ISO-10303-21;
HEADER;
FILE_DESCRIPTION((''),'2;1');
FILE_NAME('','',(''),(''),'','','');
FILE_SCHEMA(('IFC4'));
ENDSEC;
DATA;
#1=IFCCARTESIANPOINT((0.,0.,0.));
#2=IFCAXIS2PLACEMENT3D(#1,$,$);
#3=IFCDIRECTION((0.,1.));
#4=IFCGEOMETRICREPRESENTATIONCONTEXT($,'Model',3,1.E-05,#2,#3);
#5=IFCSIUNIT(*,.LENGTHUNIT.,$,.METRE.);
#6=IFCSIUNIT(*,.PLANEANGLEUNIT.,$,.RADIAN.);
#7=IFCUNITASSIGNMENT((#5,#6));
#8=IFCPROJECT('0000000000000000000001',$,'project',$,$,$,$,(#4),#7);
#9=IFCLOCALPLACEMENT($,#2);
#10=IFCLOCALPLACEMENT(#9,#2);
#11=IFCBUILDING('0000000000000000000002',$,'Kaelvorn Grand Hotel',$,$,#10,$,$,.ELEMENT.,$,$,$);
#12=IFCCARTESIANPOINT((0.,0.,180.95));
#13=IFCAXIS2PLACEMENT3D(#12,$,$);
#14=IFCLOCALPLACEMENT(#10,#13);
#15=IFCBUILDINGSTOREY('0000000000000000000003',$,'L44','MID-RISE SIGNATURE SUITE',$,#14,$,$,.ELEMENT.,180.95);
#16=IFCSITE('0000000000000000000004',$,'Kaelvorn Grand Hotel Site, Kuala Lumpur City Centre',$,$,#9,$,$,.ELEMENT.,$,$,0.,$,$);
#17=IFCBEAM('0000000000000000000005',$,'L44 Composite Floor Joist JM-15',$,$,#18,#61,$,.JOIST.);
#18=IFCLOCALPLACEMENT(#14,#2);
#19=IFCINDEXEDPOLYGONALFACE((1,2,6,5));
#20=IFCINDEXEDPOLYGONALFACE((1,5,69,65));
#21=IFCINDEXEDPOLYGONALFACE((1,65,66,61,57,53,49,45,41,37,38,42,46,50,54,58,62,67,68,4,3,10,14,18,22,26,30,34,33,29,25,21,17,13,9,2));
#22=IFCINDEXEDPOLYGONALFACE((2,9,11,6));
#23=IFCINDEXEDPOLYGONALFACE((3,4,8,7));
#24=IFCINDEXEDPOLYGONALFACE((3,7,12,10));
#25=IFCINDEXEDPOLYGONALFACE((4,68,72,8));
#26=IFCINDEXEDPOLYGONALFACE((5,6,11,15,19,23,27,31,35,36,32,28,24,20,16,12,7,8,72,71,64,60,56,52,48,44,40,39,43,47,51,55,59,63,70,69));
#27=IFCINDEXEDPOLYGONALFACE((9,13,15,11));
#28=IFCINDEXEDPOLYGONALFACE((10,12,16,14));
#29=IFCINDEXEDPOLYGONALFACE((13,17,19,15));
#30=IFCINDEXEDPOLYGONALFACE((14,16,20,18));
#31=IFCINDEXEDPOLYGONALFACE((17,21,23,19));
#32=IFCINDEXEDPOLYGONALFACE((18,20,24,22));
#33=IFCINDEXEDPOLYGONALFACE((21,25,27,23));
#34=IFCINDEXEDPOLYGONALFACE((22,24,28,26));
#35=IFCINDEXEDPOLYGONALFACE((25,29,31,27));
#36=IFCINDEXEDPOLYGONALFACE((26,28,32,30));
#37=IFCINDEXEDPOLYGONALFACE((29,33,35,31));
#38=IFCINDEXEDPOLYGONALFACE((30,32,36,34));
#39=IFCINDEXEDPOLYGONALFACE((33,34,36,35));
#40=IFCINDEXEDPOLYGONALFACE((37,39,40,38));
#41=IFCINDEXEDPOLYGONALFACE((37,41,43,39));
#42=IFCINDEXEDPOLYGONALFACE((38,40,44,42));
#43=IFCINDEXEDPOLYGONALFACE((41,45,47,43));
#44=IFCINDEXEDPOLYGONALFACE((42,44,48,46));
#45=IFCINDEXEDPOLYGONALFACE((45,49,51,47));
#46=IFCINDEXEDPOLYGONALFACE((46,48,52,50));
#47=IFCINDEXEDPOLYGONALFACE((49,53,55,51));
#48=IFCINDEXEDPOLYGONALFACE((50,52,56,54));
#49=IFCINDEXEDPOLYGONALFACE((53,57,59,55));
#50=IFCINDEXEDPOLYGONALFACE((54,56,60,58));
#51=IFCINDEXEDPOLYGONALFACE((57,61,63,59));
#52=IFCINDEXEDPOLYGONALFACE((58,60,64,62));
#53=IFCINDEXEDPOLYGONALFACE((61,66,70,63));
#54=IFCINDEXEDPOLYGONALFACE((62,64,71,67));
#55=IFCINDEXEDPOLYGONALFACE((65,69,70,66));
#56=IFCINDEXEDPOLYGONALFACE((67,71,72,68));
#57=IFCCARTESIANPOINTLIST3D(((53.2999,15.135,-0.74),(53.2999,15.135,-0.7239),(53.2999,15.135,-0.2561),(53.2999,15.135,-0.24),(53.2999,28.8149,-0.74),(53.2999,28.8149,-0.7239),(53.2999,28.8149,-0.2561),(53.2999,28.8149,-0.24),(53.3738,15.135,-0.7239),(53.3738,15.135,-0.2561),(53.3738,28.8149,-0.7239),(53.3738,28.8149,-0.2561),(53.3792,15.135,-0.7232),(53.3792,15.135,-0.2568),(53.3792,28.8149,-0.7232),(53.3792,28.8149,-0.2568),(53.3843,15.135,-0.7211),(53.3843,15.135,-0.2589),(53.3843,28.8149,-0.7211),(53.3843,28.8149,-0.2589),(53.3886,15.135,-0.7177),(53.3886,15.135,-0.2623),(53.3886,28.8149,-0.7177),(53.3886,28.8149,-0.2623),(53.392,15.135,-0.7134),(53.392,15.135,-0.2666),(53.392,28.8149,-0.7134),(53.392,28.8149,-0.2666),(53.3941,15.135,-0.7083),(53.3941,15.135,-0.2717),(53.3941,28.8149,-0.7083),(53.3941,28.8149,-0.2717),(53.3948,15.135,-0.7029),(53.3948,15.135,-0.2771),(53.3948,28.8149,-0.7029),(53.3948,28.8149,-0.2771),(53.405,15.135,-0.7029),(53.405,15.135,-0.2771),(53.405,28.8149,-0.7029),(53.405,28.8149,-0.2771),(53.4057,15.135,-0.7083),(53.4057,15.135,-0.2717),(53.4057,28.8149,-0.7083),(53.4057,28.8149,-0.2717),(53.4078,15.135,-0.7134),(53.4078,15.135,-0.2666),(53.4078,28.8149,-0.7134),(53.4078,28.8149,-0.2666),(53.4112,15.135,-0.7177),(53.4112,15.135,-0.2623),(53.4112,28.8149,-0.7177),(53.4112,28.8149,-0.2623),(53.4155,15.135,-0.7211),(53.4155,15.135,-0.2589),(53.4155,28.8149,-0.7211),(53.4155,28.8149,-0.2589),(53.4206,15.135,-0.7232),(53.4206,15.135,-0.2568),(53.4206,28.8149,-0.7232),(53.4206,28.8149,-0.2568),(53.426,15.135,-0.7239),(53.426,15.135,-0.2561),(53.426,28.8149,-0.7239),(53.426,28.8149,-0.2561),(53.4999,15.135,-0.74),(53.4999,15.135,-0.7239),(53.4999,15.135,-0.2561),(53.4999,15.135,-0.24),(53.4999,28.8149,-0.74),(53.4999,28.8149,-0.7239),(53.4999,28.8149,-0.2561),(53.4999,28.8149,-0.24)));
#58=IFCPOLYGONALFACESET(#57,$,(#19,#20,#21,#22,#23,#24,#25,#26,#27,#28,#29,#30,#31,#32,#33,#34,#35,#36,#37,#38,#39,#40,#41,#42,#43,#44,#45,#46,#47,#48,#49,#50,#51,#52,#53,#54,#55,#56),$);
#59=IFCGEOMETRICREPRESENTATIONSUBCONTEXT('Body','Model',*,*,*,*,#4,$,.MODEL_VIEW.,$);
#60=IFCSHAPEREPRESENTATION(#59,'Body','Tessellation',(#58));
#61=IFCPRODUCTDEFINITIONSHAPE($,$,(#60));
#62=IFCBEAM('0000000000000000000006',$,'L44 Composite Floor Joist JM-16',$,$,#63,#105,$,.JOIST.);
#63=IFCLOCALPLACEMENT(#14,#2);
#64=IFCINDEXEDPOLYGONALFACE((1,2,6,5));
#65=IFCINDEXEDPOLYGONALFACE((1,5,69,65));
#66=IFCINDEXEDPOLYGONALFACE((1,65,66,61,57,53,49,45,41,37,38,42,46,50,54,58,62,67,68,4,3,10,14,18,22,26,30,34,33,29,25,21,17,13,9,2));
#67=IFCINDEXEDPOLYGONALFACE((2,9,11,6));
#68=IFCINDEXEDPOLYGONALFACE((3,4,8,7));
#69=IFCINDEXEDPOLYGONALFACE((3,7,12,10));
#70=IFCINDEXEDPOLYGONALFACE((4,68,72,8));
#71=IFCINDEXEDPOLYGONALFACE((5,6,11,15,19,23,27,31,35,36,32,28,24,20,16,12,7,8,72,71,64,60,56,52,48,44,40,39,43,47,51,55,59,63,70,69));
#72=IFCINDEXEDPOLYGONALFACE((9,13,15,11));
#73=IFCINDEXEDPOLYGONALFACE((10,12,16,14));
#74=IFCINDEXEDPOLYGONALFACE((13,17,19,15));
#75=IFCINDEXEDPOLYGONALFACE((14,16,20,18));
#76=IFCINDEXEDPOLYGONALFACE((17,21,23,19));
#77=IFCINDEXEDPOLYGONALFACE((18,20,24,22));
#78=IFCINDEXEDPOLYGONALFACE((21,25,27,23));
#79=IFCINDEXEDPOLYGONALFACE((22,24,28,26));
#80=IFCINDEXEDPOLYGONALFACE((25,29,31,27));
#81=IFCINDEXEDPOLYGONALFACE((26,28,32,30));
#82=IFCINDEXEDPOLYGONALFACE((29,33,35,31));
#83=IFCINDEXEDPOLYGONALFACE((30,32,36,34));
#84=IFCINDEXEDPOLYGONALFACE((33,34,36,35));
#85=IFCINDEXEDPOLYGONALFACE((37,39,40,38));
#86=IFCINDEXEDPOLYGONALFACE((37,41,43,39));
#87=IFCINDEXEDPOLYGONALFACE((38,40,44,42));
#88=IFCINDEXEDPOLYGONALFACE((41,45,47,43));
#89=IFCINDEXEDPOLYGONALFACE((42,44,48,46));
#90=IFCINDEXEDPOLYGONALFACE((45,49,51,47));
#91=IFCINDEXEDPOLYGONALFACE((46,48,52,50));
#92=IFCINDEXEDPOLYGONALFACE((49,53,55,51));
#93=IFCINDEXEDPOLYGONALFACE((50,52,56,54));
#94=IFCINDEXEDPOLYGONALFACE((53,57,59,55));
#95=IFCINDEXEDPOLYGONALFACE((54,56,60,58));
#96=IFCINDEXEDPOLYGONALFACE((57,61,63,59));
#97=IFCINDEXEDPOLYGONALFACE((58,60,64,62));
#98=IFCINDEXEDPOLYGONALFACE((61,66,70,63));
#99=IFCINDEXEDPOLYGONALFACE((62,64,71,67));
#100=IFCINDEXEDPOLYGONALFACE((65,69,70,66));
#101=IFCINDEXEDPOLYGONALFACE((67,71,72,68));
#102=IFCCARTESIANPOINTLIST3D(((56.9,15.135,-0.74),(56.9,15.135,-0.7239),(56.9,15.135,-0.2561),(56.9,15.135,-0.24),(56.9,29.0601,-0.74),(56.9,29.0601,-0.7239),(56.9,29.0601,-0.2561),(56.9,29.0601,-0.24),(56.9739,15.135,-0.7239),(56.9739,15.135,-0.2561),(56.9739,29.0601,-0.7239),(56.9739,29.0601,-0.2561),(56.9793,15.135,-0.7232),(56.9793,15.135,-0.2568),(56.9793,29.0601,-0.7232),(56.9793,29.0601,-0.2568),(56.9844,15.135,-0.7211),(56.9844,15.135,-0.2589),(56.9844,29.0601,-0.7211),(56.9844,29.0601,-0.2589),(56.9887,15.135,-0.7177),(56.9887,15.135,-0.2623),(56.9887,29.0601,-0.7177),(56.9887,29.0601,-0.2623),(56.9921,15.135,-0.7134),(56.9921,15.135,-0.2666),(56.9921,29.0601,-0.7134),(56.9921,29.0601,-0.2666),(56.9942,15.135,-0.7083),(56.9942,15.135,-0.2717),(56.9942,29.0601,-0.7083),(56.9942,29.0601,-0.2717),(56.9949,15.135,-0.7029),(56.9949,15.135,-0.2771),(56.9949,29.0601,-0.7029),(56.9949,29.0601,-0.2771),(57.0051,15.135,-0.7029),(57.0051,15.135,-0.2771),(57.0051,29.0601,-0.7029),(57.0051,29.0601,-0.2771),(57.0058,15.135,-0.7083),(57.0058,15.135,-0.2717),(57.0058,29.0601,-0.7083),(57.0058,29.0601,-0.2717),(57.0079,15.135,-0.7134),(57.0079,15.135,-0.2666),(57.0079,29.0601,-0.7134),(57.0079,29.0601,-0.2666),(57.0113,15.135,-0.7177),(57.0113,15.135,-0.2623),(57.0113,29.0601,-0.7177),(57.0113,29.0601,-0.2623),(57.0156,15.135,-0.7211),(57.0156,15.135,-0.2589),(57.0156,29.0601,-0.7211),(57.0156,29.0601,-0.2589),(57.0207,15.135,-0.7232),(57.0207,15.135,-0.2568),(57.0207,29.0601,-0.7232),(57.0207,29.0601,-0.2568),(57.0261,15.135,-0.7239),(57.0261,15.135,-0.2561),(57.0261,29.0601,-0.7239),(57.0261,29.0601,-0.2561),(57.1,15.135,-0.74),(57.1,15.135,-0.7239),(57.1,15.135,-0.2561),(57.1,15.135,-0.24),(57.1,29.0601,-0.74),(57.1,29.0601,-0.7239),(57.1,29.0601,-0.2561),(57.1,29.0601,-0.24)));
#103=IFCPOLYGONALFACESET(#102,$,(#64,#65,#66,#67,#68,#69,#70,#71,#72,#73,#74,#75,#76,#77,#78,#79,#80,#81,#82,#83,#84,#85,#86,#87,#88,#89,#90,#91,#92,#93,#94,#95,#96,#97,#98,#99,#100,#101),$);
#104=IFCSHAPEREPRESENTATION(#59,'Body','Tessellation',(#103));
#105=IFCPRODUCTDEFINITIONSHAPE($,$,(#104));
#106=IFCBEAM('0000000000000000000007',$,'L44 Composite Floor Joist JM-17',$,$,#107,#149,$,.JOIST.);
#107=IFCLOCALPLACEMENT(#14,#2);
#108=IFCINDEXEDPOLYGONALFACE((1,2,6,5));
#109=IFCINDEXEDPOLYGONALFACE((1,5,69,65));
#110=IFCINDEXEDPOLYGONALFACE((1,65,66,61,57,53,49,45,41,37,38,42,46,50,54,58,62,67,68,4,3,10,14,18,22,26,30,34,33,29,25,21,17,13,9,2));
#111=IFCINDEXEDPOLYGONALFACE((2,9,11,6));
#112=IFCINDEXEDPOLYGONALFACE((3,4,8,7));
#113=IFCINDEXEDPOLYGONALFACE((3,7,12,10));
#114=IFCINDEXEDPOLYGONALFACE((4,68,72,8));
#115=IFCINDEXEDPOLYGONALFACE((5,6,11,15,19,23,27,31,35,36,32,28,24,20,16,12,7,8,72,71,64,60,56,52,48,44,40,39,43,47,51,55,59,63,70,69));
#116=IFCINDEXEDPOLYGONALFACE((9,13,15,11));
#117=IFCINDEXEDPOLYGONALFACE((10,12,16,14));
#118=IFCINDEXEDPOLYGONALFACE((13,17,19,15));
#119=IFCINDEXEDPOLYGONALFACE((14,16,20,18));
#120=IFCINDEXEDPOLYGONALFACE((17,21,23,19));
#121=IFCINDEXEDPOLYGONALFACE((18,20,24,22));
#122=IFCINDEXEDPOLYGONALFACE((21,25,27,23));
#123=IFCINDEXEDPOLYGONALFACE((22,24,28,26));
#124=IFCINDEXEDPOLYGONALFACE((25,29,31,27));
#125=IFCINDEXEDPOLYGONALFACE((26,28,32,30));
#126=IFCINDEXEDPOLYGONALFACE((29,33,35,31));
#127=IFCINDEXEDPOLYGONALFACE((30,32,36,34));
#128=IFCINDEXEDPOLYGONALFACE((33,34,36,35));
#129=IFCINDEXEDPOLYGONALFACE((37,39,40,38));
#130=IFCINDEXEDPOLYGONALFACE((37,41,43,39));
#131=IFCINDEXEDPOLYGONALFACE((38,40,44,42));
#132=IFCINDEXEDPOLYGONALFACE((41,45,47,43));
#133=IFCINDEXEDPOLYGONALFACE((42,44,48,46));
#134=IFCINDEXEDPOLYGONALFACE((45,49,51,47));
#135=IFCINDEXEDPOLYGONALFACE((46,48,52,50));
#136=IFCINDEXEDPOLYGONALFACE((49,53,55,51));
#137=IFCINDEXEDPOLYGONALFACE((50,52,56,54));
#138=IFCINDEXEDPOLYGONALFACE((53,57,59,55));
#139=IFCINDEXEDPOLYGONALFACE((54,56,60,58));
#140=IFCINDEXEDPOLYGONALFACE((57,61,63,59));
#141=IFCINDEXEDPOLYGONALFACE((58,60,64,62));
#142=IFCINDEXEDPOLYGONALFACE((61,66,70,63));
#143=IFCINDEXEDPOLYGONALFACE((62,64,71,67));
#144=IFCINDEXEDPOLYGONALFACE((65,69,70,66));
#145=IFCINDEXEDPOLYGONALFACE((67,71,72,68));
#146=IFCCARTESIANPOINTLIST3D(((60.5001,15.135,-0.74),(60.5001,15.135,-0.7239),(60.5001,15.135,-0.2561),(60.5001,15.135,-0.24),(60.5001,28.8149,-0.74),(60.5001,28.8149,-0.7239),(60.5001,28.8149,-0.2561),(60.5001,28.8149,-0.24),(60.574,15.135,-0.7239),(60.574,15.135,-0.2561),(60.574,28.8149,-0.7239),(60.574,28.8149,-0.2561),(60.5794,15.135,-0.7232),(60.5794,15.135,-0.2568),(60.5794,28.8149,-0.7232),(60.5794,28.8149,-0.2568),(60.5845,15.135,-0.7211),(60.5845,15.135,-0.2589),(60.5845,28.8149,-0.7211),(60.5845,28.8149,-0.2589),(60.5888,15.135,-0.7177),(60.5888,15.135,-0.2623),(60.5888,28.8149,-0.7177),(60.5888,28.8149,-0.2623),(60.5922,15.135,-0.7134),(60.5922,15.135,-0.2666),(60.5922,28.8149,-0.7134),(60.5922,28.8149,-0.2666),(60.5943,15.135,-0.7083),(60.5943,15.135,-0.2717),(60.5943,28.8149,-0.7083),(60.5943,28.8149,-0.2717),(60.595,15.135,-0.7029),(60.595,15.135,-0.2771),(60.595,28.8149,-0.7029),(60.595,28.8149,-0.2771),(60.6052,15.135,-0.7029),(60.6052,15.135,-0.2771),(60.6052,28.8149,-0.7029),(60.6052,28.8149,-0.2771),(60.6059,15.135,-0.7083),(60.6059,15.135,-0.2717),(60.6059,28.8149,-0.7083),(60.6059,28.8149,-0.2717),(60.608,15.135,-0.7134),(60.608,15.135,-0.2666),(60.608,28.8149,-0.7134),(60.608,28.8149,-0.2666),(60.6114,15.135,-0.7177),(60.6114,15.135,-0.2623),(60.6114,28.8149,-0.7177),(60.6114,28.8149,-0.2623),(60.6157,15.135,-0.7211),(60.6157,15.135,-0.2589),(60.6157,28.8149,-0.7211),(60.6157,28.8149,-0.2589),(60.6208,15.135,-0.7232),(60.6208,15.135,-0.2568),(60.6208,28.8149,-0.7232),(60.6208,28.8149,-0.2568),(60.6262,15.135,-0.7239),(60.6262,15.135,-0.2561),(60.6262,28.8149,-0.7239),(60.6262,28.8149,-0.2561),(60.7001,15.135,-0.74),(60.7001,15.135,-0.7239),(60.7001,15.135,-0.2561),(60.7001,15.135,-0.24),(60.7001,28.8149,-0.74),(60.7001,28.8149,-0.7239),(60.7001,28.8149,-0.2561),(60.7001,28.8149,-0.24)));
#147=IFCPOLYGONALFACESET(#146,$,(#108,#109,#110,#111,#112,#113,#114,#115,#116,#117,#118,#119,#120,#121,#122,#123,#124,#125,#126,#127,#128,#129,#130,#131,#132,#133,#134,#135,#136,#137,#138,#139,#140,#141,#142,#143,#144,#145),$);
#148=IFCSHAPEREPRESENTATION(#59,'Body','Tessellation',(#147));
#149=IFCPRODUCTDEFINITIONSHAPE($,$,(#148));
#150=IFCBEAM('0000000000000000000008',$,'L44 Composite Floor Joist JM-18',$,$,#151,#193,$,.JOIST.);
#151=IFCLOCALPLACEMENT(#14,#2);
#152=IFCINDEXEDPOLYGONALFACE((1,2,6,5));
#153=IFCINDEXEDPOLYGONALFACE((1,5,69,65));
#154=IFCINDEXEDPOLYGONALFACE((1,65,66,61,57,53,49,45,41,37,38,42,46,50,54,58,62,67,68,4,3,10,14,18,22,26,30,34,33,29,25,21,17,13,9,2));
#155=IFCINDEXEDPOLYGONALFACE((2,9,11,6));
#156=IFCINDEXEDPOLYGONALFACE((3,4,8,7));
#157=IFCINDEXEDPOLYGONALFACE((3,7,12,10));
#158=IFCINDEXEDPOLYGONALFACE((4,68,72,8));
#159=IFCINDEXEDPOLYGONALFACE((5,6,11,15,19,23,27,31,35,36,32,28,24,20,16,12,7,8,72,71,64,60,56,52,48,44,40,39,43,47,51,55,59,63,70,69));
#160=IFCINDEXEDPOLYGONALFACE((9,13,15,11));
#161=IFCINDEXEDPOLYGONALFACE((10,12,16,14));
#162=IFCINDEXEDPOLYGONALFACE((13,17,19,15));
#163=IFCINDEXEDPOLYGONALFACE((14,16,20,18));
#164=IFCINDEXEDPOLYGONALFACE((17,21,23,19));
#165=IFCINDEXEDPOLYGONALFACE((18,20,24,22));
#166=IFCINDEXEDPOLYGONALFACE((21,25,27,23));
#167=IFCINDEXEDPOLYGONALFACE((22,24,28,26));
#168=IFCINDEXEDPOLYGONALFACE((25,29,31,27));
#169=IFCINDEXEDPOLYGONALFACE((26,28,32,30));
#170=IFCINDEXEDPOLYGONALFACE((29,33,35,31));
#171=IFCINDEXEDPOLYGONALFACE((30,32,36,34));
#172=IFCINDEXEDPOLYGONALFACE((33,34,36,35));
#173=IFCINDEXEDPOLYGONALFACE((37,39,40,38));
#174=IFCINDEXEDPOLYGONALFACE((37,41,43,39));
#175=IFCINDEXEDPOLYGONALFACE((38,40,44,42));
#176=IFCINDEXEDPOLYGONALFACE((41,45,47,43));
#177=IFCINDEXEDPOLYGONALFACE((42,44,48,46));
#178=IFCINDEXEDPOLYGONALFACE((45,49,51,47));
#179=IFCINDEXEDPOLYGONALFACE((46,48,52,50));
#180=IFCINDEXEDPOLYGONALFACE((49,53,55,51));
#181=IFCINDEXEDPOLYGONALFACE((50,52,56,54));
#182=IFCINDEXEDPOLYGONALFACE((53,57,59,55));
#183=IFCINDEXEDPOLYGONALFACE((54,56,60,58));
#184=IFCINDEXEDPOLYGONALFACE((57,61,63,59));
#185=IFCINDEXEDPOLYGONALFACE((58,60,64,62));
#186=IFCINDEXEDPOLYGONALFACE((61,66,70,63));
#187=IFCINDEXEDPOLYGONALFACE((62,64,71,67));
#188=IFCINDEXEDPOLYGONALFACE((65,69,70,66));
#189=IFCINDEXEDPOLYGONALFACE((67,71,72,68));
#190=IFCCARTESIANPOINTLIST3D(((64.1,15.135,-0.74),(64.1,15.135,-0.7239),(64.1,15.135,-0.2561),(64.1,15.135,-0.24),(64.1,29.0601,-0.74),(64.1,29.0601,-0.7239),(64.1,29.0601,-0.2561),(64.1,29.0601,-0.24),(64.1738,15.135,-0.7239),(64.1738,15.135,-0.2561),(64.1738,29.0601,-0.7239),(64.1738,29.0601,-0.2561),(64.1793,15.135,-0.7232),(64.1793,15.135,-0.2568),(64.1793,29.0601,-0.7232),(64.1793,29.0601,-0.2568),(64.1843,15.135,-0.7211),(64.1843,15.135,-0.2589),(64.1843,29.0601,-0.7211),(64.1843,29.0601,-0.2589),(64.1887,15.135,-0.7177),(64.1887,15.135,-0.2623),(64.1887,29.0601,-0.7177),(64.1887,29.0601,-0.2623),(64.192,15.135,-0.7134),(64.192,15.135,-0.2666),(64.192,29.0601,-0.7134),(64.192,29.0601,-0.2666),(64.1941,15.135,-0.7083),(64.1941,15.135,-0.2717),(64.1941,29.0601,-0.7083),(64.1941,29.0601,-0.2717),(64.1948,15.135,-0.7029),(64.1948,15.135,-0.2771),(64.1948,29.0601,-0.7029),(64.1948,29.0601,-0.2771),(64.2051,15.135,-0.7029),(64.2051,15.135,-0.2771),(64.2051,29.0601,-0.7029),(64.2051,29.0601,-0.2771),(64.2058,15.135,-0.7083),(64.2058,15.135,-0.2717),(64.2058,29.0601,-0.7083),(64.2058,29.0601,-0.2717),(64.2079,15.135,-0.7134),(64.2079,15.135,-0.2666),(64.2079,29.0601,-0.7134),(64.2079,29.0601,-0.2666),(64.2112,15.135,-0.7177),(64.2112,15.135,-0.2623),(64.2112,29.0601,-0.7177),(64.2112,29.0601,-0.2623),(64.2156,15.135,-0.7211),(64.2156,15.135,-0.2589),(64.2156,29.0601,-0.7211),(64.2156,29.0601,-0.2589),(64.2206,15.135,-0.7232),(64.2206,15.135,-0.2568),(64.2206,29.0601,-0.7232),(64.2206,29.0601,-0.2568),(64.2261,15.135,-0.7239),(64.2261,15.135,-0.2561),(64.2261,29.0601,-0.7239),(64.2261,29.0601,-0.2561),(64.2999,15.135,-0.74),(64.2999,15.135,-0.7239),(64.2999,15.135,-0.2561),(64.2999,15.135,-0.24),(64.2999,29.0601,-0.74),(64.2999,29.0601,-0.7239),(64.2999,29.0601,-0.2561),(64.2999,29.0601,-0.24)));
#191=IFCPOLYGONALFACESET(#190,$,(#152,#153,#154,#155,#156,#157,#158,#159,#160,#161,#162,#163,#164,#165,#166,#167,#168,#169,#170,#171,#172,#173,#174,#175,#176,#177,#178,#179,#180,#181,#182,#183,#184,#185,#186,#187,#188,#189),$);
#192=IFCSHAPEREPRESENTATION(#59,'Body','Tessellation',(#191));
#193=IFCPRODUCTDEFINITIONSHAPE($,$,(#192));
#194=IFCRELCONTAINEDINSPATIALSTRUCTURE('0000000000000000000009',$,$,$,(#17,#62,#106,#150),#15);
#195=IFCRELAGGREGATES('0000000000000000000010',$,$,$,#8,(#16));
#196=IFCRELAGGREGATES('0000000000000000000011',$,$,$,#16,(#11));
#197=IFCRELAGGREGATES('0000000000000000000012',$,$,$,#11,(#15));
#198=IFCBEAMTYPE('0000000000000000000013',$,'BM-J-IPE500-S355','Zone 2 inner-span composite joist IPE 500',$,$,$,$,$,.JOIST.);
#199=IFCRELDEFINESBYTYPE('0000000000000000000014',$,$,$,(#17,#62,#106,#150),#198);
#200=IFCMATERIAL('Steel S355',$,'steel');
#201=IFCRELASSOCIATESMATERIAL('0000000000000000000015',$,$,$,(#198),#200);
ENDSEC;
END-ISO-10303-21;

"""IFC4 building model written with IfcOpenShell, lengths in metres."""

from ifc_helpers import new_model, si_unit, direction, frame, origin, origin_2d, place, context, subcontext, project, spatial, i_section, extrude, material, material_profile, profile_set, type_object, element, save


model = new_model("IFC4")

# Units and contexts
model_context = context("Model", 3, precision=1e-05, world=origin(), true_north=direction((0.0, 1.0)))
body_context = subcontext(model_context, "Body", "Model", "MODEL_VIEW")
ifc_project = project(units=[si_unit("LENGTHUNIT", "METRE"), si_unit("PLANEANGLEUNIT", "RADIAN")], contexts=[model_context])

# Site, building, storey
site_placement = place(None, origin())
site = spatial("IfcSite", under=ifc_project, at=site_placement, Name="Kaelvorn Grand Hotel Site, Kuala Lumpur City Centre", CompositionType="ELEMENT", RefElevation=0.0)
building_placement = place(site_placement, origin())
building = spatial("IfcBuilding", under=site, at=building_placement, Name="Kaelvorn Grand Hotel", CompositionType="ELEMENT")
storey_placement = place(building_placement, frame((0.0, 0.0, 180.95)))
storey = spatial("IfcBuildingStorey", under=building, at=storey_placement, Name="L44", Description="MID-RISE SIGNATURE SUITE", CompositionType="ELEMENT", Elevation=180.95)

# Beams
ifc_material_1 = material(Name="Steel S355", Category="steel")
ifc_material_profile_1 = material_profile(ifc_material_1, i_section(OverallWidth=0.2, OverallDepth=0.5, WebThickness=0.0103, FlangeThickness=0.0161, FilletRadius=0.021, at=origin_2d()), Name="IPE 500")
ifc_profile_set_1 = profile_set([ifc_material_profile_1], Name="Steel S355")
beam_type_1 = type_object("IfcBeamType", Name="BM-J-IPE500-S355", Description="Zone 2 inner-span composite joist IPE 500", PredefinedType="JOIST", material=ifc_profile_set_1)
beam_1_placement = place(storey_placement, frame((53.3999, 15.135, -0.49), z_axis=(0.0, 1.0, 0.0), x_axis=(-1.0, 0.0, 0.0)))
element("IfcBeam", 1, at=beam_1_placement, inside=storey, type_object=beam_type_1, Name="L44 Composite Floor Joist JM-15", PredefinedType="JOIST", context=body_context, shape_type="SweptSolid", body=[
    extrude(i_section(OverallWidth=0.2, OverallDepth=0.5, WebThickness=0.0103, FlangeThickness=0.0161, FilletRadius=0.021, at=origin_2d()), origin(), (0.0, 0.0, 1.0), 13.6799),
])
beam_2_placement = place(storey_placement, frame((57.0, 15.135, -0.49), z_axis=(0.0, 1.0, 0.0), x_axis=(-1.0, 0.0, 0.0)))
element("IfcBeam", 2, at=beam_2_placement, inside=storey, type_object=beam_type_1, Name="L44 Composite Floor Joist JM-16", PredefinedType="JOIST", context=body_context, shape_type="SweptSolid", body=[
    extrude(i_section(OverallWidth=0.2, OverallDepth=0.5, WebThickness=0.0103, FlangeThickness=0.0161, FilletRadius=0.021, at=origin_2d()), origin(), (0.0, 0.0, 1.0), 13.925),
])
beam_3_placement = place(storey_placement, frame((60.6001, 15.135, -0.49), z_axis=(0.0, 1.0, 0.0), x_axis=(-1.0, 0.0, 0.0)))
element("IfcBeam", 3, at=beam_3_placement, inside=storey, type_object=beam_type_1, Name="L44 Composite Floor Joist JM-17", PredefinedType="JOIST", context=body_context, shape_type="SweptSolid", body=[
    extrude(i_section(OverallWidth=0.2, OverallDepth=0.5, WebThickness=0.0103, FlangeThickness=0.0161, FilletRadius=0.021, at=origin_2d()), origin(), (0.0, 0.0, 1.0), 13.6799),
])
beam_4_placement = place(storey_placement, frame((64.2, 15.135, -0.49), z_axis=(0.0, 1.0, 0.0), x_axis=(-1.0, 0.0, 0.0)))
element("IfcBeam", 4, at=beam_4_placement, inside=storey, type_object=beam_type_1, Name="L44 Composite Floor Joist JM-18", PredefinedType="JOIST", context=body_context, shape_type="SweptSolid", body=[
    extrude(i_section(OverallWidth=0.2, OverallDepth=0.5, WebThickness=0.0103, FlangeThickness=0.0161, FilletRadius=0.021, at=origin_2d()), origin(), (0.0, 0.0, 1.0), 13.925),
])

save(model, "model.ifc")
